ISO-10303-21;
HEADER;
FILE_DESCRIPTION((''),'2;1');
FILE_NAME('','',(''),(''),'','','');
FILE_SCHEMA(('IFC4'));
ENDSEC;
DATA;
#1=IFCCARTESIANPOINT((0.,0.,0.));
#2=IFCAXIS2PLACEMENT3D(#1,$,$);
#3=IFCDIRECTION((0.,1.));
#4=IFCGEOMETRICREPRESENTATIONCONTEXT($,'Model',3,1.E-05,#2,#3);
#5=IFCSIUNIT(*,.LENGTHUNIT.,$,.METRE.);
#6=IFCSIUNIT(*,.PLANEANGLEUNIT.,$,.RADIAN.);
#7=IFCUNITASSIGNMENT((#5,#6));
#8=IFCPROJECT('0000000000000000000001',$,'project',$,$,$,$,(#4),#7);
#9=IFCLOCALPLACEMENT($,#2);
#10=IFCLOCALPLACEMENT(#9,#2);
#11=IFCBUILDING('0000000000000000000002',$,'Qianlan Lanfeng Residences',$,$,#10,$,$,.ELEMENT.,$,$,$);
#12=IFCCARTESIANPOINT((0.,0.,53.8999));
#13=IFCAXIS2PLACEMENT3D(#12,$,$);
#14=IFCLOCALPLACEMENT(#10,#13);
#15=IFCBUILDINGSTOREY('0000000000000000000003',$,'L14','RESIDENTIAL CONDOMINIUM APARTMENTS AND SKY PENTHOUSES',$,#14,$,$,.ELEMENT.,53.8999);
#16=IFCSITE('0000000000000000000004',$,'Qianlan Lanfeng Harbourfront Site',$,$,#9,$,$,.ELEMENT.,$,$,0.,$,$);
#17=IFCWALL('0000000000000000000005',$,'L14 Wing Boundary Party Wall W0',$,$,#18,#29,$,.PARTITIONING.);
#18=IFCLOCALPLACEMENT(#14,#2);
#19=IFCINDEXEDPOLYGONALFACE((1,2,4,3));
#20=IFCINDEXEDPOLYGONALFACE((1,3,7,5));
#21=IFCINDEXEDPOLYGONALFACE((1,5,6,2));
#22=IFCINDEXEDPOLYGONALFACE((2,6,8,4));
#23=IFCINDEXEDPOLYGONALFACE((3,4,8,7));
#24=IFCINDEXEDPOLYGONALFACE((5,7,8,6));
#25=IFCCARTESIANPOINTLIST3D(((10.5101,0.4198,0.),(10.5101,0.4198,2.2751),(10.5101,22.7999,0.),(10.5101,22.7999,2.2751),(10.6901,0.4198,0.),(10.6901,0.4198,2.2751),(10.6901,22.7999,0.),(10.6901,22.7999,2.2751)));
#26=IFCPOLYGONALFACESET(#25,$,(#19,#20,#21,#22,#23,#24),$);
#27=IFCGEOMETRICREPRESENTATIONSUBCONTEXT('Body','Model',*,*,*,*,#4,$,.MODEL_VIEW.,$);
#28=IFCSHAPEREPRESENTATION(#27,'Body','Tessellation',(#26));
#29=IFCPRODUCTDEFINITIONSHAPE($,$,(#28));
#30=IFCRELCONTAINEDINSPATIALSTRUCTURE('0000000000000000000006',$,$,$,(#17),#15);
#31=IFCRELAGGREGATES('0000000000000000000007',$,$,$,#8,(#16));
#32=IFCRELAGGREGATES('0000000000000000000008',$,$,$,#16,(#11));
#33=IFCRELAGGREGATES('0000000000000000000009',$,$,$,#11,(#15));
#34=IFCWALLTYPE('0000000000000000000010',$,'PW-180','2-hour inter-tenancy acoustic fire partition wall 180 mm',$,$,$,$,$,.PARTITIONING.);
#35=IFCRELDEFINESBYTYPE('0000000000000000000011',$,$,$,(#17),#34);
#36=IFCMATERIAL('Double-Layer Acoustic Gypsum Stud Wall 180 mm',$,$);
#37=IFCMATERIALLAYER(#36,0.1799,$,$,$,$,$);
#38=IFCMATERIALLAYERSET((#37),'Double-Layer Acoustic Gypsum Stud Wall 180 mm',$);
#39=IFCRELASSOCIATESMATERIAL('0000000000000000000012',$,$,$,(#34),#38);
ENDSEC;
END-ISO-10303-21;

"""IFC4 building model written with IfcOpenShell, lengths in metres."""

from ifc_helpers import new_model, si_unit, direction, frame, frame_2d, origin, place, context, subcontext, project, spatial, rectangle, extrude, material, layer, layer_set, type_object, element, save


model = new_model("IFC4")

# Units and contexts
model_context = context("Model", 3, precision=1e-05, world=origin(), true_north=direction((0.0, 1.0)))
body_context = subcontext(model_context, "Body", "Model", "MODEL_VIEW")
ifc_project = project(units=[si_unit("LENGTHUNIT", "METRE"), si_unit("PLANEANGLEUNIT", "RADIAN")], contexts=[model_context])

# Site, building, storey
site_placement = place(None, origin())
site = spatial("IfcSite", under=ifc_project, at=site_placement, Name="Qianlan Lanfeng Harbourfront Site", CompositionType="ELEMENT", RefElevation=0.0)
building_placement = place(site_placement, origin())
building = spatial("IfcBuilding", under=site, at=building_placement, Name="Qianlan Lanfeng Residences", CompositionType="ELEMENT")
storey_placement = place(building_placement, frame((0.0, 0.0, 53.8999)))
storey = spatial("IfcBuildingStorey", under=building, at=storey_placement, Name="L14", Description="RESIDENTIAL CONDOMINIUM APARTMENTS AND SKY PENTHOUSES", CompositionType="ELEMENT", Elevation=53.8999)

# Wall
ifc_material_1 = material(Name="Double-Layer Acoustic Gypsum Stud Wall 180 mm")
ifc_layer_1 = layer(ifc_material_1, 0.1799)
ifc_layer_set_1 = layer_set([ifc_layer_1], Name="Double-Layer Acoustic Gypsum Stud Wall 180 mm")
wall_type_1 = type_object("IfcWallType", Name="PW-180", Description="2-hour inter-tenancy acoustic fire partition wall 180 mm", PredefinedType="PARTITIONING", material=ifc_layer_set_1)
wall_1_placement = place(storey_placement, frame((10.6001, 0.4199, 0.0), z_axis=(0.0, 0.0, 1.0), x_axis=(0.0, 1.0, 0.0)))
element("IfcWall", 1, at=wall_1_placement, inside=storey, type_object=wall_type_1, Name="L14 Wing Boundary Party Wall W0", PredefinedType="PARTITIONING", context=body_context, shape_type="SweptSolid", body=[
    extrude(rectangle(XDim=22.3801, YDim=0.1799, at=frame_2d((11.1899, 0.0))), origin(), (0.0, 0.0, 1.0), 2.2751),
])

save(model, "model.ifc")
